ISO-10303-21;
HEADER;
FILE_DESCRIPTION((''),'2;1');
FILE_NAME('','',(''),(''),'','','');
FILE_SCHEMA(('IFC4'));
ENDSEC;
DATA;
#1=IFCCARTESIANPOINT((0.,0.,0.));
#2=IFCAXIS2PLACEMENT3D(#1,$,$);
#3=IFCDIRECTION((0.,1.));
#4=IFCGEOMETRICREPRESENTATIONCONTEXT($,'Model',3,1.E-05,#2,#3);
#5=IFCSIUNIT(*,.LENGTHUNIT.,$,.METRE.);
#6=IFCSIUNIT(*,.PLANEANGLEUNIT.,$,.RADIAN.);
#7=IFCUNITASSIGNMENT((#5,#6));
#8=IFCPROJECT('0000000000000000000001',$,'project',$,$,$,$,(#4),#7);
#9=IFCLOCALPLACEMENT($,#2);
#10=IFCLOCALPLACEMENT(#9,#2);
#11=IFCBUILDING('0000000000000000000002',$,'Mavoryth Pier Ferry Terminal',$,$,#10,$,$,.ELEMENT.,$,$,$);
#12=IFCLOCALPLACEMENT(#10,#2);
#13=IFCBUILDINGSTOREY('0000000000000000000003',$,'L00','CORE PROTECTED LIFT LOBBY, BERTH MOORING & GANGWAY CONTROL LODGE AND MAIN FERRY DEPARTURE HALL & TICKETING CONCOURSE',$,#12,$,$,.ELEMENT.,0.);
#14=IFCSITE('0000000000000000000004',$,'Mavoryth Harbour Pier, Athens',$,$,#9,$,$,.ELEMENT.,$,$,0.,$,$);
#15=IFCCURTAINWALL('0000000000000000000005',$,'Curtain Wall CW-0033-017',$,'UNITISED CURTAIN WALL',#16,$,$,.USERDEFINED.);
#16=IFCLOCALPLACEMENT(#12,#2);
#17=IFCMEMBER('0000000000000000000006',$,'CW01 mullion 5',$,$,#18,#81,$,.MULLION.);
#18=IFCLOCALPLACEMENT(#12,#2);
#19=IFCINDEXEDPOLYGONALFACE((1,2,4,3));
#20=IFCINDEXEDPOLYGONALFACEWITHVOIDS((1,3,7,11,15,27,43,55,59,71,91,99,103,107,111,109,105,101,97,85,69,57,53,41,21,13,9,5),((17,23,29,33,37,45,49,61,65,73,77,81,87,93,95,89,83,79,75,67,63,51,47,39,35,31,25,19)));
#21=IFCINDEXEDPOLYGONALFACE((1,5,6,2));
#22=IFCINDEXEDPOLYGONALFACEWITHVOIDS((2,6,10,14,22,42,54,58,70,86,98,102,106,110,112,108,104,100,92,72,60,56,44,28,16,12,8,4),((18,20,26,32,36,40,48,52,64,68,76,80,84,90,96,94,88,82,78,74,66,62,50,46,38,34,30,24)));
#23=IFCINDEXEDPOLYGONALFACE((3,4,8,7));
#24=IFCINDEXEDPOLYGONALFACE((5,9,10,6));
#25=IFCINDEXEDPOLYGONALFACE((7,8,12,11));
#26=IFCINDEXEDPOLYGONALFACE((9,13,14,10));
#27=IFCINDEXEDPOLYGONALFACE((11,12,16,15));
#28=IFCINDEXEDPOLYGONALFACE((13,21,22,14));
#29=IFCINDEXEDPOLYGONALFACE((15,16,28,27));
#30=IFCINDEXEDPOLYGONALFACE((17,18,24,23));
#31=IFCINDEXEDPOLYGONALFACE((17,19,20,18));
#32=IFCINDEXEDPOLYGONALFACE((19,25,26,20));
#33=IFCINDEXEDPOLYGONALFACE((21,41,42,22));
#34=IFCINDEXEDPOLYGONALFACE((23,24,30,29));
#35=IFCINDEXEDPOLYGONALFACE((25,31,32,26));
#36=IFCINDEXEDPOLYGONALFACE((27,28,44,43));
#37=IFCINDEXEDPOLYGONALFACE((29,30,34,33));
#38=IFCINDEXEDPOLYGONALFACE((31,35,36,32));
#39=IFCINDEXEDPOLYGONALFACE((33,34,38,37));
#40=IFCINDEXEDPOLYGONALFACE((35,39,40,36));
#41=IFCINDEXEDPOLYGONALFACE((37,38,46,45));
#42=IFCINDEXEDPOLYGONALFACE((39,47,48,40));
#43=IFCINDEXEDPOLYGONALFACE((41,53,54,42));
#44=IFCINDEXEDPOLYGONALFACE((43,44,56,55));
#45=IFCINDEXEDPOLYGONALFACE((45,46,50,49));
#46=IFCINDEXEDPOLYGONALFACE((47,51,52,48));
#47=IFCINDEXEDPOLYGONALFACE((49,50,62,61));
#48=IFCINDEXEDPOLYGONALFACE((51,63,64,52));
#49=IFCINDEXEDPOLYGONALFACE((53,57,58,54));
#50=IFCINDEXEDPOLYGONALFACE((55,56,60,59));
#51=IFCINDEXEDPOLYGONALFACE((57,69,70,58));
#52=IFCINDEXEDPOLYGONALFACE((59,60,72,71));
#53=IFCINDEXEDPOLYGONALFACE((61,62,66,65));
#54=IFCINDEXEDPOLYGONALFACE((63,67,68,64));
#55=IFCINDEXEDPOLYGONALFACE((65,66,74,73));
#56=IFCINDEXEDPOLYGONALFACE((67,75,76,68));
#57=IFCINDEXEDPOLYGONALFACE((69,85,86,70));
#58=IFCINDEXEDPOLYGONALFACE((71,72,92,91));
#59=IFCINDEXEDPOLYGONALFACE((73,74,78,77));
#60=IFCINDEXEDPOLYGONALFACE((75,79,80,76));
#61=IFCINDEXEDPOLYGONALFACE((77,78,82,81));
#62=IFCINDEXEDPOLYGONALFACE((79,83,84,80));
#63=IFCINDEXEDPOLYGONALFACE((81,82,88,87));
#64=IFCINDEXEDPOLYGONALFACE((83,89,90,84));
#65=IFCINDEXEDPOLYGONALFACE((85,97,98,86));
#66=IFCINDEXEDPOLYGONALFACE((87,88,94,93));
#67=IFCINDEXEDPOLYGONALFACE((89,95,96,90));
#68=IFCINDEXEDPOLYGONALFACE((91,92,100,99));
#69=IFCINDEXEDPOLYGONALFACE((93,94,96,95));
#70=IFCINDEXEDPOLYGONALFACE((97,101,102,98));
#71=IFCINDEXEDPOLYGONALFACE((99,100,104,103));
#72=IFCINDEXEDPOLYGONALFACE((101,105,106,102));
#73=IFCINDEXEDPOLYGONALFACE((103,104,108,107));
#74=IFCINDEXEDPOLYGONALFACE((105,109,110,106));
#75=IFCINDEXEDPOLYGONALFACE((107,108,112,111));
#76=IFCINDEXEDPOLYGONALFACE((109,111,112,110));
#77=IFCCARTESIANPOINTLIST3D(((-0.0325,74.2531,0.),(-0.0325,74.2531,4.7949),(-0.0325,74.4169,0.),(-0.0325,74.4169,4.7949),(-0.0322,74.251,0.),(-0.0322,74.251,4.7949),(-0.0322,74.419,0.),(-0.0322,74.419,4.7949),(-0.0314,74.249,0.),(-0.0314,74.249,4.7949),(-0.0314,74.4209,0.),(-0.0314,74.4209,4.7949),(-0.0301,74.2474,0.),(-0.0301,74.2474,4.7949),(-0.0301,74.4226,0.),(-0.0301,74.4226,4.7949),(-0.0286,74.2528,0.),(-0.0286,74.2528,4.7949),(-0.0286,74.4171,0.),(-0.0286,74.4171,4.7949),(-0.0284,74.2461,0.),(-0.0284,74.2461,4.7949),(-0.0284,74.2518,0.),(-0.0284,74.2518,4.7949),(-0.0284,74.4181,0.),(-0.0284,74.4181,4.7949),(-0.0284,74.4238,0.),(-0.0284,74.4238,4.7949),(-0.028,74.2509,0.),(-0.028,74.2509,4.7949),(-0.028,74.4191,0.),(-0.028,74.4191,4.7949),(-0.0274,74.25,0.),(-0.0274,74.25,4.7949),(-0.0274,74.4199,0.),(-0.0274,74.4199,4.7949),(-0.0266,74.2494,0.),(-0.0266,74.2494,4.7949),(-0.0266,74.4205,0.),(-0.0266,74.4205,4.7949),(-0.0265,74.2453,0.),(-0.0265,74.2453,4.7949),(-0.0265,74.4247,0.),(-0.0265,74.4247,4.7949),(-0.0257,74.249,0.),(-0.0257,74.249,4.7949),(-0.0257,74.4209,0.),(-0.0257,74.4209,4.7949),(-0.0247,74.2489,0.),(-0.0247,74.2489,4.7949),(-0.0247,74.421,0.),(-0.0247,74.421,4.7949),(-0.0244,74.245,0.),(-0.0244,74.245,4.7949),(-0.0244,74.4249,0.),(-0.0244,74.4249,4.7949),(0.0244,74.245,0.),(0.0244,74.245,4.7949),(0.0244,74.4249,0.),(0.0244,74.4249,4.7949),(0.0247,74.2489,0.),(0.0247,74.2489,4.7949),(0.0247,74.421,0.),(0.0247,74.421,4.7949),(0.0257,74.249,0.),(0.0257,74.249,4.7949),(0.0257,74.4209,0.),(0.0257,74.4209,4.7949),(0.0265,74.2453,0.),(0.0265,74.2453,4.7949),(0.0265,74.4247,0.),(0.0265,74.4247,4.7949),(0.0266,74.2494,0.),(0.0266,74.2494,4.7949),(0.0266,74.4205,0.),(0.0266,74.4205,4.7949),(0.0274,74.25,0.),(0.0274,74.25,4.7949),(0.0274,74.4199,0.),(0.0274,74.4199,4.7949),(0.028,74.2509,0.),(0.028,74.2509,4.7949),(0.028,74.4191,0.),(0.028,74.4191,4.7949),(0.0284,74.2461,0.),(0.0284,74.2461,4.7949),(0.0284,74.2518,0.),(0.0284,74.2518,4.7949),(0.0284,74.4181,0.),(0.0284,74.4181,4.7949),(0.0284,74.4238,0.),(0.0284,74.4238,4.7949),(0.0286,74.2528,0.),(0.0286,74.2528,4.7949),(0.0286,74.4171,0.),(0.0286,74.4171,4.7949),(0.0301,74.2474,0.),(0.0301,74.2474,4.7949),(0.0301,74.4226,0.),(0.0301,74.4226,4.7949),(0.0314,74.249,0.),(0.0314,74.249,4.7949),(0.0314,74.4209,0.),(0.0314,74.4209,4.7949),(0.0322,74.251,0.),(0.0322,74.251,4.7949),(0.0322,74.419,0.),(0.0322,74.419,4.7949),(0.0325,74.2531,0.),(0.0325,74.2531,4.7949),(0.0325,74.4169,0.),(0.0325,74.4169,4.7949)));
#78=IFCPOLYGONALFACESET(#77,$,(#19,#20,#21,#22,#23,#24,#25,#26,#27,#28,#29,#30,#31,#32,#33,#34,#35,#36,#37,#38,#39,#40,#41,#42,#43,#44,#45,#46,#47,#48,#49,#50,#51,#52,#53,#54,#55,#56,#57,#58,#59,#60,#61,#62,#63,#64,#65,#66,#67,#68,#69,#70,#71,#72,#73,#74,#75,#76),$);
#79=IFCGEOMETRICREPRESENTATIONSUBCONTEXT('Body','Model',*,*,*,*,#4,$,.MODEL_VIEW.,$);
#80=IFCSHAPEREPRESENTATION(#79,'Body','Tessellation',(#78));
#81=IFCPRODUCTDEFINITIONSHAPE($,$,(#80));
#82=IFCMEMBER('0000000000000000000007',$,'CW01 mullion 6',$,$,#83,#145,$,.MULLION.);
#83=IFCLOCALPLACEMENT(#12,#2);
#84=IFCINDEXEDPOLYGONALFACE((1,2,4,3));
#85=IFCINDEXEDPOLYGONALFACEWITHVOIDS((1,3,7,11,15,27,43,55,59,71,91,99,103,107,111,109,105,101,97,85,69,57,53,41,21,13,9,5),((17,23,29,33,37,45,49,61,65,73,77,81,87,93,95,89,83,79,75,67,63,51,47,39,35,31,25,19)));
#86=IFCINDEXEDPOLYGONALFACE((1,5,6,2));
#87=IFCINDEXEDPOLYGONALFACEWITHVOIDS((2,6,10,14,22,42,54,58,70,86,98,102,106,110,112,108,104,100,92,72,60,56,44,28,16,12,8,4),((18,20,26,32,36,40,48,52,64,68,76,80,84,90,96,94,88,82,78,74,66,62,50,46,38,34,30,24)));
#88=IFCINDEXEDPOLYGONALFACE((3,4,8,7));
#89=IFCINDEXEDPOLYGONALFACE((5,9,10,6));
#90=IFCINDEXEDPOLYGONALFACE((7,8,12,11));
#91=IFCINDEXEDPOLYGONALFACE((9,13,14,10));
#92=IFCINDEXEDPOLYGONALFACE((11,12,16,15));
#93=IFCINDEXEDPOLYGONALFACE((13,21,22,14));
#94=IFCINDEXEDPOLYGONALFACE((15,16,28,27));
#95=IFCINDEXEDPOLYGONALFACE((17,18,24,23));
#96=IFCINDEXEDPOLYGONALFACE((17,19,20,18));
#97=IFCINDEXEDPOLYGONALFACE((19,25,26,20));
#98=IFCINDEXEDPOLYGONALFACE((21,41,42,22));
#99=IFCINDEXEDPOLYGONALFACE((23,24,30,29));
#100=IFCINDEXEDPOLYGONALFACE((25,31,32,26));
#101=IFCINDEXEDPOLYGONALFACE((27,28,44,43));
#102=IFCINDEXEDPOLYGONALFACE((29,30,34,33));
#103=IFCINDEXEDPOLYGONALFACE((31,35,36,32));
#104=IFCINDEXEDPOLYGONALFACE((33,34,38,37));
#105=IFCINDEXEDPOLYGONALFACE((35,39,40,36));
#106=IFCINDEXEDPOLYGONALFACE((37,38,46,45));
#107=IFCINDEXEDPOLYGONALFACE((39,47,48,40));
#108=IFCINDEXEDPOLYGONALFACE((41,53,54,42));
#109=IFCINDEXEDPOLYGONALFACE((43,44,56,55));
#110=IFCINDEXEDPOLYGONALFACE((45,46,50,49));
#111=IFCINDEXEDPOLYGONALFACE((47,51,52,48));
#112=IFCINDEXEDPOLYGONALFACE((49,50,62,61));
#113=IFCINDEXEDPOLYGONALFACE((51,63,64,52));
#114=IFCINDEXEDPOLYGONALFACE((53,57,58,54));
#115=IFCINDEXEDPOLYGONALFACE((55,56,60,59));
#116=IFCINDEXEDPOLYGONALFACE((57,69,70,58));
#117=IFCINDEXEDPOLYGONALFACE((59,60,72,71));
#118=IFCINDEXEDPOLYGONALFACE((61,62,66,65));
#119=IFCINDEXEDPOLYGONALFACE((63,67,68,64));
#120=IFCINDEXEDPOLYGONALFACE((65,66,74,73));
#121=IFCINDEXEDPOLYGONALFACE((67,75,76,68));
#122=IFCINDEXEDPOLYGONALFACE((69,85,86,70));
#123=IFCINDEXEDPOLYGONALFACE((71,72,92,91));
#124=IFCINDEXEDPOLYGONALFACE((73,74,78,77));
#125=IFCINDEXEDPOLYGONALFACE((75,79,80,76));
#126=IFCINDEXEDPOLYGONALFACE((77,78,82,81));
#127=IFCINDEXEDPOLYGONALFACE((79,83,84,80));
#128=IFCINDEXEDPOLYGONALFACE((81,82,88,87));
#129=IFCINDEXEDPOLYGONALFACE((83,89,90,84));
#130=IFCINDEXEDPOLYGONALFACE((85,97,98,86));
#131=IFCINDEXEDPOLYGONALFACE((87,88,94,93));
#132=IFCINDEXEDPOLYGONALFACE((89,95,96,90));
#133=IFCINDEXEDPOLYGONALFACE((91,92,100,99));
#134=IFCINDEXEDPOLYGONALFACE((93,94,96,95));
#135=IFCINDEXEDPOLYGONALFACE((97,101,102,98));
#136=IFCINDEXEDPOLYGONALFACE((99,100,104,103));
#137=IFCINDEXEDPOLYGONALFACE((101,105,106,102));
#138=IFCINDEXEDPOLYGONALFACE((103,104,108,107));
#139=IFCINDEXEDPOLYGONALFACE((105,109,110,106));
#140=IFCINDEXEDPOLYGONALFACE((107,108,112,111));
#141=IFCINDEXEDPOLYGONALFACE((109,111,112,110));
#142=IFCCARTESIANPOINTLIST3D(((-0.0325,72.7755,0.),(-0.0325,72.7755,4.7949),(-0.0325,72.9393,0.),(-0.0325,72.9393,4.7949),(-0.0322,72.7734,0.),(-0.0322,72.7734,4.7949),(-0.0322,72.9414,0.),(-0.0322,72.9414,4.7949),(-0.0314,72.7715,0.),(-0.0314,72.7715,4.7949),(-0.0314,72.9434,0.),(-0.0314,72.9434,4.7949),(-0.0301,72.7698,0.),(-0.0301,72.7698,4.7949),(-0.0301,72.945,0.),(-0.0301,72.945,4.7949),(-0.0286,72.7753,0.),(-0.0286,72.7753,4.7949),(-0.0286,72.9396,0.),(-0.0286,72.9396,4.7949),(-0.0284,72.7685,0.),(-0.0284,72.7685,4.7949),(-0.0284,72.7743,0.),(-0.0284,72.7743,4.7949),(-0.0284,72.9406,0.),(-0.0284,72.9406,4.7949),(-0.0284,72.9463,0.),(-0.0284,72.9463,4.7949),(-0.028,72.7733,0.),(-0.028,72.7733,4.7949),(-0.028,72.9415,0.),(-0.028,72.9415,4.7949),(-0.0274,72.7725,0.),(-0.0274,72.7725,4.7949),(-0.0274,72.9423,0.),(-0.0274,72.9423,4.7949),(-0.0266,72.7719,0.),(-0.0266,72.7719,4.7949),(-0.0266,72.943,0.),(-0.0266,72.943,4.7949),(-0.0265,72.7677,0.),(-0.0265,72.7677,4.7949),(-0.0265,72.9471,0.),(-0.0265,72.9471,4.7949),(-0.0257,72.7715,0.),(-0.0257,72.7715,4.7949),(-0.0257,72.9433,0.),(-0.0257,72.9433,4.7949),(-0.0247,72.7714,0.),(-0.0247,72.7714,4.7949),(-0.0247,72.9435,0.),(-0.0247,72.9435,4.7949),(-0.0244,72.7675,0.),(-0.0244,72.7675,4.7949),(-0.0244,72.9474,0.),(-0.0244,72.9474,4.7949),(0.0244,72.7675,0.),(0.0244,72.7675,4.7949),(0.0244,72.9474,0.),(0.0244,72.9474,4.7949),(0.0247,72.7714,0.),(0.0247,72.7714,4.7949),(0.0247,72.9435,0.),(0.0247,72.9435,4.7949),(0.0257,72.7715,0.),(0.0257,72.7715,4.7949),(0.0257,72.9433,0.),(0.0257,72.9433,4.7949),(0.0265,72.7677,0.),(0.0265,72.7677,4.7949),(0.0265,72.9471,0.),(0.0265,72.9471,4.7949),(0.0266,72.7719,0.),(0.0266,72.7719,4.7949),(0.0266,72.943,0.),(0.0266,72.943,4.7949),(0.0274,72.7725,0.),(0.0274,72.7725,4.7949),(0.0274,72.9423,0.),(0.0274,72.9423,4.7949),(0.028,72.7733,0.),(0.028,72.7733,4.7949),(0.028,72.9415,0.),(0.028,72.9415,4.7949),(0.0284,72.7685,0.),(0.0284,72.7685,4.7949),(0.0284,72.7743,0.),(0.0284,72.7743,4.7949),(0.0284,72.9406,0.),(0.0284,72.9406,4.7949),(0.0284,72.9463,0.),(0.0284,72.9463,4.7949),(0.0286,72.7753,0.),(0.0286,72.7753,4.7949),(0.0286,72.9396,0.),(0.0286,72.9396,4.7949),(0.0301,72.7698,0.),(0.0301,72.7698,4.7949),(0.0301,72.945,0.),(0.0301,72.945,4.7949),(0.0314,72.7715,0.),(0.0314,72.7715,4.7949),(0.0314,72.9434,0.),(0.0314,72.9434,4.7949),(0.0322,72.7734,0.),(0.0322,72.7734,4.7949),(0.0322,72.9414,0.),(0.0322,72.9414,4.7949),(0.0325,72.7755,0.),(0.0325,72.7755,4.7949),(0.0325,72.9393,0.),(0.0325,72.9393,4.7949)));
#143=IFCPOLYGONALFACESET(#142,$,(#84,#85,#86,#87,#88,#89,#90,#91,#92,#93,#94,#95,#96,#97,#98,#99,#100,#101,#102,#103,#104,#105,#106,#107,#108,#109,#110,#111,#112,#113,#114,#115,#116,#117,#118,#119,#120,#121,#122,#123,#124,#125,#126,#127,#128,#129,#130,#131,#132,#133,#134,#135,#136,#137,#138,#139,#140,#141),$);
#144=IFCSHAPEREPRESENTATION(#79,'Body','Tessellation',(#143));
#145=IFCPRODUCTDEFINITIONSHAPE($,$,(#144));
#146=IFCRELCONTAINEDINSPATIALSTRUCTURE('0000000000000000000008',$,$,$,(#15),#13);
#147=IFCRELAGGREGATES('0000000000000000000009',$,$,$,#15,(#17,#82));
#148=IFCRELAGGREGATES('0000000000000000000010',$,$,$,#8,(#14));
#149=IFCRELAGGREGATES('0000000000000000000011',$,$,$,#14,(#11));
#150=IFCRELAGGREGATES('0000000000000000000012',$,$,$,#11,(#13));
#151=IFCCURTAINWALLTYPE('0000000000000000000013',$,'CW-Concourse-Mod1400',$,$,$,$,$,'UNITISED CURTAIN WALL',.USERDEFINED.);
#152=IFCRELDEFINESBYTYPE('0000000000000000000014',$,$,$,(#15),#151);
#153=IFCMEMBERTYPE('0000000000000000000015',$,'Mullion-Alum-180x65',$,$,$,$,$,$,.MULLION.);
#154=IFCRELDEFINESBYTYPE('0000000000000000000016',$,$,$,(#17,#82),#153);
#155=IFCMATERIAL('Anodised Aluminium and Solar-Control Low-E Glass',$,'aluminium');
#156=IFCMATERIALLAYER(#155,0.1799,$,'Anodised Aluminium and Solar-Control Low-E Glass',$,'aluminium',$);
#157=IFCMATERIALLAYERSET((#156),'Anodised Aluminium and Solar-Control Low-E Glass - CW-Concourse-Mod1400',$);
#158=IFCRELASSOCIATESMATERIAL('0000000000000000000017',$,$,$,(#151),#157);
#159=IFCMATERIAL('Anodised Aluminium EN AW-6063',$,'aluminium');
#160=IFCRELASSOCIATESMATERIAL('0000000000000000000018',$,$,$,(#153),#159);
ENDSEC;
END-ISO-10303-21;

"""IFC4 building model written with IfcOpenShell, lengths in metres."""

from ifc_helpers import new_model, si_unit, direction, frame, origin, origin_2d, place, context, subcontext, project, spatial, hollow_rectangle, extrude, material, layer, layer_set, material_profile, profile_set, type_object, element, aggregate, save


model = new_model("IFC4")

# Units and contexts
model_context = context("Model", 3, precision=1e-05, world=origin(), true_north=direction((0.0, 1.0)))
body_context = subcontext(model_context, "Body", "Model", "MODEL_VIEW")
ifc_project = project(units=[si_unit("LENGTHUNIT", "METRE"), si_unit("PLANEANGLEUNIT", "RADIAN")], contexts=[model_context])

# Site, building, storey
site_placement = place(None, origin())
site = spatial("IfcSite", under=ifc_project, at=site_placement, Name="Mavoryth Harbour Pier, Athens", CompositionType="ELEMENT", RefElevation=0.0)
building_placement = place(site_placement, origin())
building = spatial("IfcBuilding", under=site, at=building_placement, Name="Mavoryth Pier Ferry Terminal", CompositionType="ELEMENT")
storey_placement = place(building_placement, origin())
storey = spatial("IfcBuildingStorey", under=building, at=storey_placement, Name="L00", Description="CORE PROTECTED LIFT LOBBY, BERTH MOORING & GANGWAY CONTROL LODGE AND MAIN FERRY DEPARTURE HALL & TICKETING CONCOURSE", CompositionType="ELEMENT", Elevation=0.0)

# Curtain wall, members
ifc_material_1 = material(Name="Anodised Aluminium and Solar-Control Low-E Glass", Category="aluminium")
ifc_layer_1 = layer(ifc_material_1, 0.1799, Name="Anodised Aluminium and Solar-Control Low-E Glass", Category="aluminium")
ifc_layer_set_1 = layer_set([ifc_layer_1], Name="Anodised Aluminium and Solar-Control Low-E Glass - CW-Concourse-Mod1400")
curtain_wall_type = type_object("IfcCurtainWallType", Name="CW-Concourse-Mod1400", ElementType="UNITISED CURTAIN WALL", PredefinedType="USERDEFINED", material=ifc_layer_set_1)
curtain_wall_placement = place(storey_placement, origin())
curtain_wall = element("IfcCurtainWall", 1, at=curtain_wall_placement, inside=storey, type_object=curtain_wall_type, Name="Curtain Wall CW-0033-017", ObjectType="UNITISED CURTAIN WALL", PredefinedType="USERDEFINED")
ifc_material_2 = material(Name="Anodised Aluminium EN AW-6063", Category="aluminium")
ifc_material_profile_1 = material_profile(ifc_material_2, hollow_rectangle(XDim=0.0649, YDim=0.1799, WallThickness=0.0039, InnerFilletRadius=0.0039, OuterFilletRadius=0.0081, at=origin_2d()), Name="AL-MULL 180x65x4", Category="aluminium")
ifc_profile_set_1 = profile_set([ifc_material_profile_1], Name="Anodised Aluminium EN AW-6063 - AL-MULL 180x65x4")
member_type_1 = type_object("IfcMemberType", Name="Mullion-Alum-180x65", PredefinedType="MULLION", material=ifc_profile_set_1)
member_1_placement = place(storey_placement, frame((0.0, 74.335, 0.0), z_axis=(0.0, 0.0, 1.0), x_axis=(1.0, 0.0, 0.0)))
member_1 = element("IfcMember", 2, at=member_1_placement, type_object=member_type_1, Name="CW01 mullion 5", PredefinedType="MULLION", context=body_context, shape_type="SweptSolid", body=[
    extrude(hollow_rectangle(XDim=0.0649, YDim=0.1799, WallThickness=0.0039, InnerFilletRadius=0.0039, OuterFilletRadius=0.0081, at=origin_2d()), origin(), (0.0, 0.0, 1.0), 4.7949),
])
member_2_placement = place(storey_placement, frame((0.0, 72.8574, 0.0), z_axis=(0.0, 0.0, 1.0), x_axis=(1.0, 0.0, 0.0)))
member_2 = element("IfcMember", 3, at=member_2_placement, type_object=member_type_1, Name="CW01 mullion 6", PredefinedType="MULLION", context=body_context, shape_type="SweptSolid", body=[
    extrude(hollow_rectangle(XDim=0.0649, YDim=0.1799, WallThickness=0.0039, InnerFilletRadius=0.0039, OuterFilletRadius=0.0081, at=origin_2d()), origin(), (0.0, 0.0, 1.0), 4.7949),
])
aggregate(curtain_wall, [member_1, member_2])

save(model, "model.ifc")
